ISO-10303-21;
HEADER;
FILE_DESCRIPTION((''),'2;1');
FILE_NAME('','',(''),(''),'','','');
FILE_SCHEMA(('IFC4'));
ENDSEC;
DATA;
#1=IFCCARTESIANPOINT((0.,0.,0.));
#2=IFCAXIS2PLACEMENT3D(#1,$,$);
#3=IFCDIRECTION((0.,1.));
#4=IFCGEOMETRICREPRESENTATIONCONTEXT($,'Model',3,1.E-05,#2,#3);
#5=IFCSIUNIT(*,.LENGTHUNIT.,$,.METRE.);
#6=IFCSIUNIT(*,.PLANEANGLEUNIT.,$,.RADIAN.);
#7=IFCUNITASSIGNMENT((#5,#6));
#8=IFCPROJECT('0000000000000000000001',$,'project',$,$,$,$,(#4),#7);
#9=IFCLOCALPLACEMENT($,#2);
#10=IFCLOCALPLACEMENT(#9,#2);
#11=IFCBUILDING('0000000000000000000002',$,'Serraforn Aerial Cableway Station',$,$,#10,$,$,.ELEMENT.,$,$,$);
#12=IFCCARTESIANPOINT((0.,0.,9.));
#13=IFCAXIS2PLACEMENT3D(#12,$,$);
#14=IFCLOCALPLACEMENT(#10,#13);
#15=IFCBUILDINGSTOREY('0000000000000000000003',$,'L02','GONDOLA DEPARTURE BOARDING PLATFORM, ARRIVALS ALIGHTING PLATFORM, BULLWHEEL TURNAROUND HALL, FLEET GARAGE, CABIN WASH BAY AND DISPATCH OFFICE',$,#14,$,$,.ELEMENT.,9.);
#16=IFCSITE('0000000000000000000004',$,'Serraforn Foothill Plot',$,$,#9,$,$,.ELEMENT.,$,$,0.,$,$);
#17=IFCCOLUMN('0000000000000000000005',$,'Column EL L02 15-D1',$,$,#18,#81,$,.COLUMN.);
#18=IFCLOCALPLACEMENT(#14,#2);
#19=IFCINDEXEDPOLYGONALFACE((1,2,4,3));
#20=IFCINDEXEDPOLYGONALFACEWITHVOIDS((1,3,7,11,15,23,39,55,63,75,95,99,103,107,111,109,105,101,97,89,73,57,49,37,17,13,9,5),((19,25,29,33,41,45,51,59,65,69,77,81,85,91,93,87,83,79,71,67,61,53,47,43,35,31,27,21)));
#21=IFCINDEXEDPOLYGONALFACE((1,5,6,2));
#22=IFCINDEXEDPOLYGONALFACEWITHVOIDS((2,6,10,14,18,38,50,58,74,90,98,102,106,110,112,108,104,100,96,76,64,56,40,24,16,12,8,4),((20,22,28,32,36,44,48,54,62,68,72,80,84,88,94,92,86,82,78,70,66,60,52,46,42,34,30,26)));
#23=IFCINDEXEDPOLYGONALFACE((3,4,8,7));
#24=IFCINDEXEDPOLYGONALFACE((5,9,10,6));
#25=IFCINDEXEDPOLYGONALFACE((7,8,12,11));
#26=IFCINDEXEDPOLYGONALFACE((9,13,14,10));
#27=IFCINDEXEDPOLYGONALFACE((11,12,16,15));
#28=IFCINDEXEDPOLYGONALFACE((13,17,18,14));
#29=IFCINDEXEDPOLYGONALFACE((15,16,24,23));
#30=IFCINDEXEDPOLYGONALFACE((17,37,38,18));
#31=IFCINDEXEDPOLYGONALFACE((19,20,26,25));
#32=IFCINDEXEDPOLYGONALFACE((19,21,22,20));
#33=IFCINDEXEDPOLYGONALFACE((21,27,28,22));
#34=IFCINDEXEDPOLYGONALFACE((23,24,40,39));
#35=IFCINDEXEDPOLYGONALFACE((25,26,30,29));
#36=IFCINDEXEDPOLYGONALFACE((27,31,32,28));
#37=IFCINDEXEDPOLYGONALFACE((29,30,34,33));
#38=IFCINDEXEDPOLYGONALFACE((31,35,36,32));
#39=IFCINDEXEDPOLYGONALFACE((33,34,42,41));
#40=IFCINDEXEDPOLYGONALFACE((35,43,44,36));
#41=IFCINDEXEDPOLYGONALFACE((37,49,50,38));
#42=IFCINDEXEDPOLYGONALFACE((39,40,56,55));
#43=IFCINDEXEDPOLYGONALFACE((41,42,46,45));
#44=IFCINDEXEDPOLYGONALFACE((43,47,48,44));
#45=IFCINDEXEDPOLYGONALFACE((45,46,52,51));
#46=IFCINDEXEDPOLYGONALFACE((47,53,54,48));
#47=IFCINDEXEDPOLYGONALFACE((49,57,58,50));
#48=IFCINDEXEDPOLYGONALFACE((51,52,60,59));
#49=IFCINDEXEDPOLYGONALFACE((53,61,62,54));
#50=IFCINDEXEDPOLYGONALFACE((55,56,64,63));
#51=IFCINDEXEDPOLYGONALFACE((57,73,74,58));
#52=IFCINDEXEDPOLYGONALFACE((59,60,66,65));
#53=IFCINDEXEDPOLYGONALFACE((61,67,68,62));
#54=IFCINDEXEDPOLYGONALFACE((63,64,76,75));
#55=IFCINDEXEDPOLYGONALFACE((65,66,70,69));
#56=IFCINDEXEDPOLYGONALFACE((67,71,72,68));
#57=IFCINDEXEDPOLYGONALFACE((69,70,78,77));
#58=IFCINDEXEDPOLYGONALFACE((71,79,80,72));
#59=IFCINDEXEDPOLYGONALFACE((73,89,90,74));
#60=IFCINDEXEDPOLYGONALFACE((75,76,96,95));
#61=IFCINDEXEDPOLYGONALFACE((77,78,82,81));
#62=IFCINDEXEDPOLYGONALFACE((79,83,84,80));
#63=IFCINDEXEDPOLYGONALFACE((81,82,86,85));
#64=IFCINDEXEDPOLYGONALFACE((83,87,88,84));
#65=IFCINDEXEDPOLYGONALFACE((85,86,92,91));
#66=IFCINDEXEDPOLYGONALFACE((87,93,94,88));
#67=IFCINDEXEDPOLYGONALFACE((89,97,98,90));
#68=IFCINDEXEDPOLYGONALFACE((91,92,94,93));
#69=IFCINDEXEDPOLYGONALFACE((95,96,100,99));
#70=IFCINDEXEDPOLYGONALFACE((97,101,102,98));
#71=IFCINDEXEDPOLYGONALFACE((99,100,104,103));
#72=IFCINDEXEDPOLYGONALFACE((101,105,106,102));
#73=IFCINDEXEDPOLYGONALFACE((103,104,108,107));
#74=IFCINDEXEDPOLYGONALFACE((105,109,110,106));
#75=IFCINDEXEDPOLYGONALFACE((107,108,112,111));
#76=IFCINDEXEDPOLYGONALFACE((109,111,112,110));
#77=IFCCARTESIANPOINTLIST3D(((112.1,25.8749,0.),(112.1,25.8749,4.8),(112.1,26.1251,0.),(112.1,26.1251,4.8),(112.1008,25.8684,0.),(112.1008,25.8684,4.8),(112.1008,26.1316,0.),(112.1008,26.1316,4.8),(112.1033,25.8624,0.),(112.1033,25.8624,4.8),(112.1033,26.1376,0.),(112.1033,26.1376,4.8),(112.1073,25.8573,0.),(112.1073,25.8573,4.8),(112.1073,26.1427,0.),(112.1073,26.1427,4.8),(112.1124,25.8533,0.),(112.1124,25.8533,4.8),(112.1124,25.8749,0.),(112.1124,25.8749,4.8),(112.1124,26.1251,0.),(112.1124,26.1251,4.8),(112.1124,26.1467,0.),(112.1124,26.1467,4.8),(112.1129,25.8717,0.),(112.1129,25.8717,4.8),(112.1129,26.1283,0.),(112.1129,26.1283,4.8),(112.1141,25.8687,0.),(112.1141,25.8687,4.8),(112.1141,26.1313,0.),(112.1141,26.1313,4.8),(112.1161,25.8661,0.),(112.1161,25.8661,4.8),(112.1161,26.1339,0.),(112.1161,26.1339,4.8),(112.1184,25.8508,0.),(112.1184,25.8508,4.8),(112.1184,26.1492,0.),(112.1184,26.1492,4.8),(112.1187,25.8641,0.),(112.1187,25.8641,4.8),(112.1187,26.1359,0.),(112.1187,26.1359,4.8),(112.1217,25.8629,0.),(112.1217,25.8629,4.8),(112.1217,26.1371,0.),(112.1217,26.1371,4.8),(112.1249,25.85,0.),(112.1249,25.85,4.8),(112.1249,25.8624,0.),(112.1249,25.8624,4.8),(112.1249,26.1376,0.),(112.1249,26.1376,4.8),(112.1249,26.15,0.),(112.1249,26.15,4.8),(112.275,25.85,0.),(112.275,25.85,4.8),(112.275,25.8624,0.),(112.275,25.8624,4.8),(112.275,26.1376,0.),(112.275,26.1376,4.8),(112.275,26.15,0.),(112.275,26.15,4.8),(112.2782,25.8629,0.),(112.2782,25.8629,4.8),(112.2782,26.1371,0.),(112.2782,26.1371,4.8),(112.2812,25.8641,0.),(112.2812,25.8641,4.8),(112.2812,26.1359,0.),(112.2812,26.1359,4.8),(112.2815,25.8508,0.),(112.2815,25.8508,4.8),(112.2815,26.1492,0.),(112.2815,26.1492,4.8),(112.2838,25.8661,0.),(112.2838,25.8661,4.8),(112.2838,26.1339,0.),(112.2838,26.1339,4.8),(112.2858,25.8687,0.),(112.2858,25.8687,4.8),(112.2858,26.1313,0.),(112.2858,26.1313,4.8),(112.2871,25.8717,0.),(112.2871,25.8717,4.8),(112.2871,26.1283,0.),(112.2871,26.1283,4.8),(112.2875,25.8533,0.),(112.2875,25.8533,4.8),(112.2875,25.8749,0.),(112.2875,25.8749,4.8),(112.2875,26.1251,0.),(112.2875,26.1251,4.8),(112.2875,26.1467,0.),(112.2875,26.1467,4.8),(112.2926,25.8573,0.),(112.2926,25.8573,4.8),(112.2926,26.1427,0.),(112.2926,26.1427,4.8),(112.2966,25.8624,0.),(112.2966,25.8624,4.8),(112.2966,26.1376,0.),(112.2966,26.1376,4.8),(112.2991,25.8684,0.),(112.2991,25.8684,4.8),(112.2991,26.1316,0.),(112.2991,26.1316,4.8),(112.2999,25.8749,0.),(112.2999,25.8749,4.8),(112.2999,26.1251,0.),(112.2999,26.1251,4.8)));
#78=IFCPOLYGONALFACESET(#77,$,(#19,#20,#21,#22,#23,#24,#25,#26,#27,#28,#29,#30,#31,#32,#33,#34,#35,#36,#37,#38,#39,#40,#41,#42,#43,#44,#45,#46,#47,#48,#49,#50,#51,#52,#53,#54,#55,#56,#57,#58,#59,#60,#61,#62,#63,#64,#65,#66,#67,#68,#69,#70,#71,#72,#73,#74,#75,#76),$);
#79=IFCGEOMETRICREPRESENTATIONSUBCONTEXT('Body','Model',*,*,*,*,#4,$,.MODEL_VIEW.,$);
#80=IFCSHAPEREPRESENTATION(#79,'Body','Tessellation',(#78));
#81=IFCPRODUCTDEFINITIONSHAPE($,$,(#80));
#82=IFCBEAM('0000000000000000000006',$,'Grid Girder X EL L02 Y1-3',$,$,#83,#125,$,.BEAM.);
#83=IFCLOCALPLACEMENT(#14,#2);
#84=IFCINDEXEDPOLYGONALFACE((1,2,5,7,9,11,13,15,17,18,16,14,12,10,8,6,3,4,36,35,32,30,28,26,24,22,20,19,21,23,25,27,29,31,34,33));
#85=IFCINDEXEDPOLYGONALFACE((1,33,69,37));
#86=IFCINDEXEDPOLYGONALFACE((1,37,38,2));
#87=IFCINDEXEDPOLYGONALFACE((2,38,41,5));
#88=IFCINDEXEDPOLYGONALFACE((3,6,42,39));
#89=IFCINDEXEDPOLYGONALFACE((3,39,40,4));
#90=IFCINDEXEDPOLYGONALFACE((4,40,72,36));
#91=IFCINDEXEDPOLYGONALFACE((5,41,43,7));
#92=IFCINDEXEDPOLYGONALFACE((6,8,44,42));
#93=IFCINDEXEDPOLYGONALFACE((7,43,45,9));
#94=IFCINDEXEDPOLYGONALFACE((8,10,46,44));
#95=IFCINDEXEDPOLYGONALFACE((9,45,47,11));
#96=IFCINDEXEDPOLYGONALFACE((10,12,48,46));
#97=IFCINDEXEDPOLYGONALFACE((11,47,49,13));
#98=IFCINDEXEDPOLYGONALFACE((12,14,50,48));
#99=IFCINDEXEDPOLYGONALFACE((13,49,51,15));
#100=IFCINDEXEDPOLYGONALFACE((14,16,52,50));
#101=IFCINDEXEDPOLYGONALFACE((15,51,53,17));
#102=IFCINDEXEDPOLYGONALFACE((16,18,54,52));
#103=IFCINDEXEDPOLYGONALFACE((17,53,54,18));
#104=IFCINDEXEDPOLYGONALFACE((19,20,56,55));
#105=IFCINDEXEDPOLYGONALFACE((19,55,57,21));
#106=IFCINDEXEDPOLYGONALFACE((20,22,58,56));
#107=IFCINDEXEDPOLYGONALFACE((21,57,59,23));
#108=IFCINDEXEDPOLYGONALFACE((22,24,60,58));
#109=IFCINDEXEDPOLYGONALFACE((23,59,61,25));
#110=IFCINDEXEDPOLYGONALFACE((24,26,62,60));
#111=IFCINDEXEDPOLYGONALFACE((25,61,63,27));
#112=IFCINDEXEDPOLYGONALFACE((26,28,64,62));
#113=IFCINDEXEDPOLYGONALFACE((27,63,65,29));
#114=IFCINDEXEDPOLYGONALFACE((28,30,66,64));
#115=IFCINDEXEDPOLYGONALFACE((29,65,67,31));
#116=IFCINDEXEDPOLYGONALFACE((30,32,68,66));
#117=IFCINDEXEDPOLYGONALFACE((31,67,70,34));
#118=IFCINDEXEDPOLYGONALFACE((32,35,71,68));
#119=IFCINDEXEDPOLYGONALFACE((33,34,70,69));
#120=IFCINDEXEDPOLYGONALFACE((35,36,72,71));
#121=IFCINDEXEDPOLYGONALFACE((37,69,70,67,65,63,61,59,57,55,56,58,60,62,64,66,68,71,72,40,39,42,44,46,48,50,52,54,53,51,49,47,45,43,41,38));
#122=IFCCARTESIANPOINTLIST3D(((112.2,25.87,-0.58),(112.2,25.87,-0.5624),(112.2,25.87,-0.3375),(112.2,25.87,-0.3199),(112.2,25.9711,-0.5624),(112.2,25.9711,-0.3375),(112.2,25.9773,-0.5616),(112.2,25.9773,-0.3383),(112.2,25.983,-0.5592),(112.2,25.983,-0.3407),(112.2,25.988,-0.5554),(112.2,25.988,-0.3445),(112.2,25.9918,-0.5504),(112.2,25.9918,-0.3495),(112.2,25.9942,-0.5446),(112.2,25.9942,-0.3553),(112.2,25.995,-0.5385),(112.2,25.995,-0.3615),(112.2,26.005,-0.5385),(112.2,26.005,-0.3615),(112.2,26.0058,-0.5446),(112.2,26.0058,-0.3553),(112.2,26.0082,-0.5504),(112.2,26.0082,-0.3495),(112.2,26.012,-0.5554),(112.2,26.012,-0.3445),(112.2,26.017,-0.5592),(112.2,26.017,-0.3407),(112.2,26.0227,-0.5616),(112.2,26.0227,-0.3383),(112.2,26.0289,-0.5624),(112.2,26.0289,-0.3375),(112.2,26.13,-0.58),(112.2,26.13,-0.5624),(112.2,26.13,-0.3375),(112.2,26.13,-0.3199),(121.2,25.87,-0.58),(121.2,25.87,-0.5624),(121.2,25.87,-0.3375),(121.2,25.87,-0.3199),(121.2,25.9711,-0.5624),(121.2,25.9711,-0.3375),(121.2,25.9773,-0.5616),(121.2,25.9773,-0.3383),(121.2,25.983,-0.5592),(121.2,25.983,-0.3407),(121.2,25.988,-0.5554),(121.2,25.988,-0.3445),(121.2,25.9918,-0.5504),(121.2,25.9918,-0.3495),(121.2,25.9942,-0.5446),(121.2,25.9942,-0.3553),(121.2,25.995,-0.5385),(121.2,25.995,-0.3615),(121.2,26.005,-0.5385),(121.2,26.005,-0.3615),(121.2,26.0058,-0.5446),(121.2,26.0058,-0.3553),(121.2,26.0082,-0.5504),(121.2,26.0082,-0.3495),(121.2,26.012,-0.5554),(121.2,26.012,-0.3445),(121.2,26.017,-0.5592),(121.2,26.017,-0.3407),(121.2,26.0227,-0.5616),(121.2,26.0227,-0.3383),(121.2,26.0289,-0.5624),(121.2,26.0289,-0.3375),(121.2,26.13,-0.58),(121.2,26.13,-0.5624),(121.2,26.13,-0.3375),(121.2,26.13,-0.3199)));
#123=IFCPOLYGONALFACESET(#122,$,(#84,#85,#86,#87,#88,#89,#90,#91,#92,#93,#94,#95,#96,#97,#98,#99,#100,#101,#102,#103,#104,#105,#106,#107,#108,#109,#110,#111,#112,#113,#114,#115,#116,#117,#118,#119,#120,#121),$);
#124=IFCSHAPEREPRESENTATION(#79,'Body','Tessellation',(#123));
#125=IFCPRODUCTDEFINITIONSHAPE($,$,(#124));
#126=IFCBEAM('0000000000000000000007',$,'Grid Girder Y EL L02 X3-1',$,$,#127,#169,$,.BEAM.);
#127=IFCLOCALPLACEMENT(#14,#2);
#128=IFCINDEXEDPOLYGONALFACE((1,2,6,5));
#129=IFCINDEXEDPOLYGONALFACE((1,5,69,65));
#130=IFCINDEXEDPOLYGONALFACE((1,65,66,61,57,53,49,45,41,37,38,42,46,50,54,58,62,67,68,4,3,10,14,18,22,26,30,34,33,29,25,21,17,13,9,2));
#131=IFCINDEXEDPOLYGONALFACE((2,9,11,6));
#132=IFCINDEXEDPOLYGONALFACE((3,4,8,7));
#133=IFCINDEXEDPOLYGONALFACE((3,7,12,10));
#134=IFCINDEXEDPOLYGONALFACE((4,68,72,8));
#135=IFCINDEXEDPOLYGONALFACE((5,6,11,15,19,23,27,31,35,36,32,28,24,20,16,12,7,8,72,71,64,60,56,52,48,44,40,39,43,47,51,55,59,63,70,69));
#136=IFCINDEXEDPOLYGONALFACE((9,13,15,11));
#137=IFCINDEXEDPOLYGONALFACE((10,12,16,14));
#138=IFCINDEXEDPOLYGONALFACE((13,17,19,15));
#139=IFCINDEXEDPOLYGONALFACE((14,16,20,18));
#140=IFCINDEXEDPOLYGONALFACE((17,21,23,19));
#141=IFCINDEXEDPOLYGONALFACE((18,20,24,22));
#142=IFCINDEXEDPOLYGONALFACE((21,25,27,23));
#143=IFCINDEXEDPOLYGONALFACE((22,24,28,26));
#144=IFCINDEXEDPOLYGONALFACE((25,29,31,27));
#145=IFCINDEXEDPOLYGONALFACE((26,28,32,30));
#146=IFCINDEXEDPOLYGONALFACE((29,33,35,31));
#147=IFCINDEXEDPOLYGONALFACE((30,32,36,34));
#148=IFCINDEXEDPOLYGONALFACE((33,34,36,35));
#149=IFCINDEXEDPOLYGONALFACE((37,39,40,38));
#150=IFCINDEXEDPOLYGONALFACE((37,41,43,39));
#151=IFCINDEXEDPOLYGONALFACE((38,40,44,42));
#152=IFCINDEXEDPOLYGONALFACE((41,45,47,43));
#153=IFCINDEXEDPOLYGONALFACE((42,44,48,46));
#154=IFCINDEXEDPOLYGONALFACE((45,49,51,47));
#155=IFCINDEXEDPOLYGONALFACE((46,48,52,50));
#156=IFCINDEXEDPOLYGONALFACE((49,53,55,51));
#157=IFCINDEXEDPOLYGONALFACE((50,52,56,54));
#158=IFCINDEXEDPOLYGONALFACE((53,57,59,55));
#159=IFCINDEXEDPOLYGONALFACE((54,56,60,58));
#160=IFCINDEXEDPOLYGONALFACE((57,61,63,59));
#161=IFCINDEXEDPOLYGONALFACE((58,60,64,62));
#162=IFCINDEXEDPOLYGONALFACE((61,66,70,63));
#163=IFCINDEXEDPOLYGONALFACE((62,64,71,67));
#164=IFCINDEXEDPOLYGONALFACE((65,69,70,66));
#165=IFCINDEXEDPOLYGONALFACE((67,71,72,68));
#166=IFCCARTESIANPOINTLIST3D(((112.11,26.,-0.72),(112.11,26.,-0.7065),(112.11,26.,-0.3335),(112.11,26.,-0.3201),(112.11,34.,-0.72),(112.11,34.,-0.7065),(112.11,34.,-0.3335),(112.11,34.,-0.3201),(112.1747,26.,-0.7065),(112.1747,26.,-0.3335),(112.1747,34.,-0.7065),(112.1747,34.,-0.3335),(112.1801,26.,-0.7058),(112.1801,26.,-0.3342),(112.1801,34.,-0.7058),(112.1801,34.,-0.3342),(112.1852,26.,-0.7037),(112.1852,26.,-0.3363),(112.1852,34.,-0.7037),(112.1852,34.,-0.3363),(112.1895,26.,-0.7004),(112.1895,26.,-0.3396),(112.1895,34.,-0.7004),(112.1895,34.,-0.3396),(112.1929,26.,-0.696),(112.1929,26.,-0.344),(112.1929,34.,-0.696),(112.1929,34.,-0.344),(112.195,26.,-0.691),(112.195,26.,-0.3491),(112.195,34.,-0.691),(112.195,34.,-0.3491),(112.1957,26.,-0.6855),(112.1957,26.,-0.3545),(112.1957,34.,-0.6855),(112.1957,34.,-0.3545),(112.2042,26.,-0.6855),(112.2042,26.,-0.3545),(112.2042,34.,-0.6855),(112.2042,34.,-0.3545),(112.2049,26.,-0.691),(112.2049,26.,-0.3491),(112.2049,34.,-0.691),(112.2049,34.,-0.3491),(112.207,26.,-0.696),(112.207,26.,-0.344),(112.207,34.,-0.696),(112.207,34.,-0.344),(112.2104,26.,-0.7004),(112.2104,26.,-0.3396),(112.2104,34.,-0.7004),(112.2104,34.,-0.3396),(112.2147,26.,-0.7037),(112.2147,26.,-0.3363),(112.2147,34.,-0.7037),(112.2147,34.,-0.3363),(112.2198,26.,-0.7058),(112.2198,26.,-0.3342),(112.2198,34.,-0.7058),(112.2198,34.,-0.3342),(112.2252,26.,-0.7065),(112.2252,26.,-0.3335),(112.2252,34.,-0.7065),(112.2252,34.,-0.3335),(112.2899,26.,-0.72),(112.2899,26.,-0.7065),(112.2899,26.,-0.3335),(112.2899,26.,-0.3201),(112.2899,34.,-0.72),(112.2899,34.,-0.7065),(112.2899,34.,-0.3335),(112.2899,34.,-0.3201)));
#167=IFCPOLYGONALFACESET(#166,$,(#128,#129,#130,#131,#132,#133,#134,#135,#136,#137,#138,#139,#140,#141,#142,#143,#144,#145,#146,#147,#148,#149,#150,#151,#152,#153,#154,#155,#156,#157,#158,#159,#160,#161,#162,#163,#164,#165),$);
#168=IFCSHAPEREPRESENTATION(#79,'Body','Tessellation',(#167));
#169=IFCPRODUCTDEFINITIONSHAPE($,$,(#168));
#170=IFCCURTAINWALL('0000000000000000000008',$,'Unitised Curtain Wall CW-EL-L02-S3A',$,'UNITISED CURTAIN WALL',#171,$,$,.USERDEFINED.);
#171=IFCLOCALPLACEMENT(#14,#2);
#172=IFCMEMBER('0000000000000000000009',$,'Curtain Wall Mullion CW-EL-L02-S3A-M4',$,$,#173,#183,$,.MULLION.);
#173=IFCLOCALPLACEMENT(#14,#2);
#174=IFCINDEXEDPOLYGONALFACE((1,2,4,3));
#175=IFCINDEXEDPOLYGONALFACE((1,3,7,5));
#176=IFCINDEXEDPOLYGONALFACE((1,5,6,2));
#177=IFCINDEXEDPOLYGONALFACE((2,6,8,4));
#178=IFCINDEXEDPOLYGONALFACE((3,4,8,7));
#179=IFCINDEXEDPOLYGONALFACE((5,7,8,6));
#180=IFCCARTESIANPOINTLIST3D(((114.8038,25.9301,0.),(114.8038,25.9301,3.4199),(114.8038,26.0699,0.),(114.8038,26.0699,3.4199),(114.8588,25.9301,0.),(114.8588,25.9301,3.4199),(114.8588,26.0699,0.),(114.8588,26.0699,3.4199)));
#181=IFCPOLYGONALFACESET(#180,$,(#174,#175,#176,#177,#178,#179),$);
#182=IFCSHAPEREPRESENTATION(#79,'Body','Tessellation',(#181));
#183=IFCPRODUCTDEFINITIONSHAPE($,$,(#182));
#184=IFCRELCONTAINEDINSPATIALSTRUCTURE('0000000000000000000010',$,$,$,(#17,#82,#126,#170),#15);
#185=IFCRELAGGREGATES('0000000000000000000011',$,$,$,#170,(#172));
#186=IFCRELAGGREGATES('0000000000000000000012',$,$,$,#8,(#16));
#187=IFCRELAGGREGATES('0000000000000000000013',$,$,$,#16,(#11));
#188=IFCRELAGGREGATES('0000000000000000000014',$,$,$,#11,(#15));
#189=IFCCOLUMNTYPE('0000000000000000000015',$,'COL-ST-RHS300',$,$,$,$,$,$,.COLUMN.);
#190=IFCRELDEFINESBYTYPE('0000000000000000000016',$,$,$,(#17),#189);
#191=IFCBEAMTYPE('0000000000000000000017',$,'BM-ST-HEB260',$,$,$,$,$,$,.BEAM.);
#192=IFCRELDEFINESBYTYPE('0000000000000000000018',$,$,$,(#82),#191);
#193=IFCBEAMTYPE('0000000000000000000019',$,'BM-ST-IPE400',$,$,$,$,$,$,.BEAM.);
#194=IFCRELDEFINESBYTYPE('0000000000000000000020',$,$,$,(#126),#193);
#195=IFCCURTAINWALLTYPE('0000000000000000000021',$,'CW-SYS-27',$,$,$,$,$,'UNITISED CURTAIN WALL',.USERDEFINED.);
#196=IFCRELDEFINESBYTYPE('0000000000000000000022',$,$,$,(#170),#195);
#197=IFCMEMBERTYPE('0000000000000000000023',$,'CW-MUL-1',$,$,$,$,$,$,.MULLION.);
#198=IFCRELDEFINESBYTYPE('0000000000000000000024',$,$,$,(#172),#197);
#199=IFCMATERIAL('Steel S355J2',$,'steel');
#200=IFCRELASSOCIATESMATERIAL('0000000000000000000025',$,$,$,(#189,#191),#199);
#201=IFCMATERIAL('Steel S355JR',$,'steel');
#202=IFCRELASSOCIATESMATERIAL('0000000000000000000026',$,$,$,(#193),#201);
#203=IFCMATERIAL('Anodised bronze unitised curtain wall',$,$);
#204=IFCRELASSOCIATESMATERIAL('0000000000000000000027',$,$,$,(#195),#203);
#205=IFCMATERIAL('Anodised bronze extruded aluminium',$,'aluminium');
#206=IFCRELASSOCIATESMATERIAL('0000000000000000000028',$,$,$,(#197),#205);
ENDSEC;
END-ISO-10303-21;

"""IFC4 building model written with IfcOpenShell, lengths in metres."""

from ifc_helpers import new_model, si_unit, direction, frame, origin, origin_2d, place, context, subcontext, project, spatial, rectangle, hollow_rectangle, i_section, extrude, material, material_profile, profile_set, type_object, element, aggregate, save


model = new_model("IFC4")

# Units and contexts
model_context = context("Model", 3, precision=1e-05, world=origin(), true_north=direction((0.0, 1.0)))
body_context = subcontext(model_context, "Body", "Model", "MODEL_VIEW")
ifc_project = project(units=[si_unit("LENGTHUNIT", "METRE"), si_unit("PLANEANGLEUNIT", "RADIAN")], contexts=[model_context])

# Site, building, storey
site_placement = place(None, origin())
site = spatial("IfcSite", under=ifc_project, at=site_placement, Name="Serraforn Foothill Plot", CompositionType="ELEMENT", RefElevation=0.0)
building_placement = place(site_placement, origin())
building = spatial("IfcBuilding", under=site, at=building_placement, Name="Serraforn Aerial Cableway Station", CompositionType="ELEMENT")
storey_placement = place(building_placement, frame((0.0, 0.0, 9.0)))
storey = spatial("IfcBuildingStorey", under=building, at=storey_placement, Name="L02", Description="GONDOLA DEPARTURE BOARDING PLATFORM, ARRIVALS ALIGHTING PLATFORM, BULLWHEEL TURNAROUND HALL, FLEET GARAGE, CABIN WASH BAY AND DISPATCH OFFICE", CompositionType="ELEMENT", Elevation=9.0)

# Column
ifc_material_1 = material(Name="Steel S355J2", Category="steel")
ifc_material_profile_1 = material_profile(ifc_material_1, hollow_rectangle(XDim=0.2, YDim=0.3, WallThickness=0.0125, InnerFilletRadius=0.0125, OuterFilletRadius=0.0249, at=origin_2d()), Name="RHS 300x200x12.5")
ifc_profile_set_1 = profile_set([ifc_material_profile_1], Name="Steel S355J2")
column_type = type_object("IfcColumnType", Name="COL-ST-RHS300", PredefinedType="COLUMN", material=ifc_profile_set_1)
column_placement = place(storey_placement, frame((112.2, 26.0, 0.0), z_axis=(0.0, 0.0, 1.0), x_axis=(1.0, 0.0, 0.0)))
element("IfcColumn", 1, at=column_placement, inside=storey, type_object=column_type, Name="Column EL L02 15-D1", PredefinedType="COLUMN", context=body_context, shape_type="SweptSolid", body=[
    extrude(hollow_rectangle(XDim=0.2, YDim=0.3, WallThickness=0.0125, InnerFilletRadius=0.0125, OuterFilletRadius=0.0249, at=origin_2d()), origin(), (0.0, 0.0, 1.0), 4.8),
])

# Beams
ifc_material_profile_2 = material_profile(ifc_material_1, i_section(OverallWidth=0.26, OverallDepth=0.26, WebThickness=0.01, FlangeThickness=0.0176, FilletRadius=0.0239, at=origin_2d()), Name="HEB 260")
ifc_profile_set_2 = profile_set([ifc_material_profile_2], Name="Steel S355J2")
beam_type_1 = type_object("IfcBeamType", Name="BM-ST-HEB260", PredefinedType="BEAM", material=ifc_profile_set_2)
beam_1_placement = place(storey_placement, frame((112.2, 26.0, -0.45), z_axis=(1.0, 0.0, 0.0), x_axis=(0.0, 1.0, 0.0)))
element("IfcBeam", 2, at=beam_1_placement, inside=storey, type_object=beam_type_1, Name="Grid Girder X EL L02 Y1-3", PredefinedType="BEAM", context=body_context, shape_type="SweptSolid", body=[
    extrude(i_section(OverallWidth=0.26, OverallDepth=0.26, WebThickness=0.01, FlangeThickness=0.0176, FilletRadius=0.0239, at=origin_2d()), origin(), (0.0, 0.0, 1.0), 9.0),
])
ifc_material_2 = material(Name="Steel S355JR", Category="steel")
ifc_material_profile_3 = material_profile(ifc_material_2, i_section(OverallWidth=0.1799, OverallDepth=0.3999, WebThickness=0.0085, FlangeThickness=0.0134, FilletRadius=0.021, at=origin_2d()), Name="IPE 400")
ifc_profile_set_3 = profile_set([ifc_material_profile_3], Name="Steel S355JR")
beam_type_2 = type_object("IfcBeamType", Name="BM-ST-IPE400", PredefinedType="BEAM", material=ifc_profile_set_3)
beam_2_placement = place(storey_placement, frame((112.2, 26.0, -0.52), z_axis=(0.0, 1.0, 0.0), x_axis=(-1.0, 0.0, 0.0)))
element("IfcBeam", 3, at=beam_2_placement, inside=storey, type_object=beam_type_2, Name="Grid Girder Y EL L02 X3-1", PredefinedType="BEAM", context=body_context, shape_type="SweptSolid", body=[
    extrude(i_section(OverallWidth=0.1799, OverallDepth=0.3999, WebThickness=0.0085, FlangeThickness=0.0134, FilletRadius=0.021, at=origin_2d()), origin(), (0.0, 0.0, 1.0), 8.0),
])

# Curtain wall, member
ifc_material_3 = material(Name="Anodised bronze unitised curtain wall")
curtain_wall_type_1 = type_object("IfcCurtainWallType", Name="CW-SYS-27", ElementType="UNITISED CURTAIN WALL", PredefinedType="USERDEFINED", material=ifc_material_3)
curtain_wall_1_placement = place(storey_placement, origin())
curtain_wall_1 = element("IfcCurtainWall", 4, at=curtain_wall_1_placement, inside=storey, type_object=curtain_wall_type_1, Name="Unitised Curtain Wall CW-EL-L02-S3A", ObjectType="UNITISED CURTAIN WALL", PredefinedType="USERDEFINED")
ifc_material_4 = material(Name="Anodised bronze extruded aluminium", Category="aluminium")
ifc_material_profile_4 = material_profile(ifc_material_4, rectangle(XDim=0.0549, YDim=0.1399, at=origin_2d()), Name="CW MULLION 55x140")
ifc_profile_set_4 = profile_set([ifc_material_profile_4], Name="Anodised bronze extruded aluminium")
member_type_1 = type_object("IfcMemberType", Name="CW-MUL-1", PredefinedType="MULLION", material=ifc_profile_set_4)
member_1_placement = place(storey_placement, frame((114.8313, 26.0, 0.0), z_axis=(0.0, 0.0, 1.0), x_axis=(1.0, 0.0, 0.0)))
member_1 = element("IfcMember", 5, at=member_1_placement, type_object=member_type_1, Name="Curtain Wall Mullion CW-EL-L02-S3A-M4", PredefinedType="MULLION", context=body_context, shape_type="SweptSolid", body=[
    extrude(rectangle(XDim=0.0549, YDim=0.1399, at=origin_2d()), origin(), (0.0, 0.0, 1.0), 3.4199),
])

aggregate(curtain_wall_1, [member_1])

save(model, "model.ifc")
